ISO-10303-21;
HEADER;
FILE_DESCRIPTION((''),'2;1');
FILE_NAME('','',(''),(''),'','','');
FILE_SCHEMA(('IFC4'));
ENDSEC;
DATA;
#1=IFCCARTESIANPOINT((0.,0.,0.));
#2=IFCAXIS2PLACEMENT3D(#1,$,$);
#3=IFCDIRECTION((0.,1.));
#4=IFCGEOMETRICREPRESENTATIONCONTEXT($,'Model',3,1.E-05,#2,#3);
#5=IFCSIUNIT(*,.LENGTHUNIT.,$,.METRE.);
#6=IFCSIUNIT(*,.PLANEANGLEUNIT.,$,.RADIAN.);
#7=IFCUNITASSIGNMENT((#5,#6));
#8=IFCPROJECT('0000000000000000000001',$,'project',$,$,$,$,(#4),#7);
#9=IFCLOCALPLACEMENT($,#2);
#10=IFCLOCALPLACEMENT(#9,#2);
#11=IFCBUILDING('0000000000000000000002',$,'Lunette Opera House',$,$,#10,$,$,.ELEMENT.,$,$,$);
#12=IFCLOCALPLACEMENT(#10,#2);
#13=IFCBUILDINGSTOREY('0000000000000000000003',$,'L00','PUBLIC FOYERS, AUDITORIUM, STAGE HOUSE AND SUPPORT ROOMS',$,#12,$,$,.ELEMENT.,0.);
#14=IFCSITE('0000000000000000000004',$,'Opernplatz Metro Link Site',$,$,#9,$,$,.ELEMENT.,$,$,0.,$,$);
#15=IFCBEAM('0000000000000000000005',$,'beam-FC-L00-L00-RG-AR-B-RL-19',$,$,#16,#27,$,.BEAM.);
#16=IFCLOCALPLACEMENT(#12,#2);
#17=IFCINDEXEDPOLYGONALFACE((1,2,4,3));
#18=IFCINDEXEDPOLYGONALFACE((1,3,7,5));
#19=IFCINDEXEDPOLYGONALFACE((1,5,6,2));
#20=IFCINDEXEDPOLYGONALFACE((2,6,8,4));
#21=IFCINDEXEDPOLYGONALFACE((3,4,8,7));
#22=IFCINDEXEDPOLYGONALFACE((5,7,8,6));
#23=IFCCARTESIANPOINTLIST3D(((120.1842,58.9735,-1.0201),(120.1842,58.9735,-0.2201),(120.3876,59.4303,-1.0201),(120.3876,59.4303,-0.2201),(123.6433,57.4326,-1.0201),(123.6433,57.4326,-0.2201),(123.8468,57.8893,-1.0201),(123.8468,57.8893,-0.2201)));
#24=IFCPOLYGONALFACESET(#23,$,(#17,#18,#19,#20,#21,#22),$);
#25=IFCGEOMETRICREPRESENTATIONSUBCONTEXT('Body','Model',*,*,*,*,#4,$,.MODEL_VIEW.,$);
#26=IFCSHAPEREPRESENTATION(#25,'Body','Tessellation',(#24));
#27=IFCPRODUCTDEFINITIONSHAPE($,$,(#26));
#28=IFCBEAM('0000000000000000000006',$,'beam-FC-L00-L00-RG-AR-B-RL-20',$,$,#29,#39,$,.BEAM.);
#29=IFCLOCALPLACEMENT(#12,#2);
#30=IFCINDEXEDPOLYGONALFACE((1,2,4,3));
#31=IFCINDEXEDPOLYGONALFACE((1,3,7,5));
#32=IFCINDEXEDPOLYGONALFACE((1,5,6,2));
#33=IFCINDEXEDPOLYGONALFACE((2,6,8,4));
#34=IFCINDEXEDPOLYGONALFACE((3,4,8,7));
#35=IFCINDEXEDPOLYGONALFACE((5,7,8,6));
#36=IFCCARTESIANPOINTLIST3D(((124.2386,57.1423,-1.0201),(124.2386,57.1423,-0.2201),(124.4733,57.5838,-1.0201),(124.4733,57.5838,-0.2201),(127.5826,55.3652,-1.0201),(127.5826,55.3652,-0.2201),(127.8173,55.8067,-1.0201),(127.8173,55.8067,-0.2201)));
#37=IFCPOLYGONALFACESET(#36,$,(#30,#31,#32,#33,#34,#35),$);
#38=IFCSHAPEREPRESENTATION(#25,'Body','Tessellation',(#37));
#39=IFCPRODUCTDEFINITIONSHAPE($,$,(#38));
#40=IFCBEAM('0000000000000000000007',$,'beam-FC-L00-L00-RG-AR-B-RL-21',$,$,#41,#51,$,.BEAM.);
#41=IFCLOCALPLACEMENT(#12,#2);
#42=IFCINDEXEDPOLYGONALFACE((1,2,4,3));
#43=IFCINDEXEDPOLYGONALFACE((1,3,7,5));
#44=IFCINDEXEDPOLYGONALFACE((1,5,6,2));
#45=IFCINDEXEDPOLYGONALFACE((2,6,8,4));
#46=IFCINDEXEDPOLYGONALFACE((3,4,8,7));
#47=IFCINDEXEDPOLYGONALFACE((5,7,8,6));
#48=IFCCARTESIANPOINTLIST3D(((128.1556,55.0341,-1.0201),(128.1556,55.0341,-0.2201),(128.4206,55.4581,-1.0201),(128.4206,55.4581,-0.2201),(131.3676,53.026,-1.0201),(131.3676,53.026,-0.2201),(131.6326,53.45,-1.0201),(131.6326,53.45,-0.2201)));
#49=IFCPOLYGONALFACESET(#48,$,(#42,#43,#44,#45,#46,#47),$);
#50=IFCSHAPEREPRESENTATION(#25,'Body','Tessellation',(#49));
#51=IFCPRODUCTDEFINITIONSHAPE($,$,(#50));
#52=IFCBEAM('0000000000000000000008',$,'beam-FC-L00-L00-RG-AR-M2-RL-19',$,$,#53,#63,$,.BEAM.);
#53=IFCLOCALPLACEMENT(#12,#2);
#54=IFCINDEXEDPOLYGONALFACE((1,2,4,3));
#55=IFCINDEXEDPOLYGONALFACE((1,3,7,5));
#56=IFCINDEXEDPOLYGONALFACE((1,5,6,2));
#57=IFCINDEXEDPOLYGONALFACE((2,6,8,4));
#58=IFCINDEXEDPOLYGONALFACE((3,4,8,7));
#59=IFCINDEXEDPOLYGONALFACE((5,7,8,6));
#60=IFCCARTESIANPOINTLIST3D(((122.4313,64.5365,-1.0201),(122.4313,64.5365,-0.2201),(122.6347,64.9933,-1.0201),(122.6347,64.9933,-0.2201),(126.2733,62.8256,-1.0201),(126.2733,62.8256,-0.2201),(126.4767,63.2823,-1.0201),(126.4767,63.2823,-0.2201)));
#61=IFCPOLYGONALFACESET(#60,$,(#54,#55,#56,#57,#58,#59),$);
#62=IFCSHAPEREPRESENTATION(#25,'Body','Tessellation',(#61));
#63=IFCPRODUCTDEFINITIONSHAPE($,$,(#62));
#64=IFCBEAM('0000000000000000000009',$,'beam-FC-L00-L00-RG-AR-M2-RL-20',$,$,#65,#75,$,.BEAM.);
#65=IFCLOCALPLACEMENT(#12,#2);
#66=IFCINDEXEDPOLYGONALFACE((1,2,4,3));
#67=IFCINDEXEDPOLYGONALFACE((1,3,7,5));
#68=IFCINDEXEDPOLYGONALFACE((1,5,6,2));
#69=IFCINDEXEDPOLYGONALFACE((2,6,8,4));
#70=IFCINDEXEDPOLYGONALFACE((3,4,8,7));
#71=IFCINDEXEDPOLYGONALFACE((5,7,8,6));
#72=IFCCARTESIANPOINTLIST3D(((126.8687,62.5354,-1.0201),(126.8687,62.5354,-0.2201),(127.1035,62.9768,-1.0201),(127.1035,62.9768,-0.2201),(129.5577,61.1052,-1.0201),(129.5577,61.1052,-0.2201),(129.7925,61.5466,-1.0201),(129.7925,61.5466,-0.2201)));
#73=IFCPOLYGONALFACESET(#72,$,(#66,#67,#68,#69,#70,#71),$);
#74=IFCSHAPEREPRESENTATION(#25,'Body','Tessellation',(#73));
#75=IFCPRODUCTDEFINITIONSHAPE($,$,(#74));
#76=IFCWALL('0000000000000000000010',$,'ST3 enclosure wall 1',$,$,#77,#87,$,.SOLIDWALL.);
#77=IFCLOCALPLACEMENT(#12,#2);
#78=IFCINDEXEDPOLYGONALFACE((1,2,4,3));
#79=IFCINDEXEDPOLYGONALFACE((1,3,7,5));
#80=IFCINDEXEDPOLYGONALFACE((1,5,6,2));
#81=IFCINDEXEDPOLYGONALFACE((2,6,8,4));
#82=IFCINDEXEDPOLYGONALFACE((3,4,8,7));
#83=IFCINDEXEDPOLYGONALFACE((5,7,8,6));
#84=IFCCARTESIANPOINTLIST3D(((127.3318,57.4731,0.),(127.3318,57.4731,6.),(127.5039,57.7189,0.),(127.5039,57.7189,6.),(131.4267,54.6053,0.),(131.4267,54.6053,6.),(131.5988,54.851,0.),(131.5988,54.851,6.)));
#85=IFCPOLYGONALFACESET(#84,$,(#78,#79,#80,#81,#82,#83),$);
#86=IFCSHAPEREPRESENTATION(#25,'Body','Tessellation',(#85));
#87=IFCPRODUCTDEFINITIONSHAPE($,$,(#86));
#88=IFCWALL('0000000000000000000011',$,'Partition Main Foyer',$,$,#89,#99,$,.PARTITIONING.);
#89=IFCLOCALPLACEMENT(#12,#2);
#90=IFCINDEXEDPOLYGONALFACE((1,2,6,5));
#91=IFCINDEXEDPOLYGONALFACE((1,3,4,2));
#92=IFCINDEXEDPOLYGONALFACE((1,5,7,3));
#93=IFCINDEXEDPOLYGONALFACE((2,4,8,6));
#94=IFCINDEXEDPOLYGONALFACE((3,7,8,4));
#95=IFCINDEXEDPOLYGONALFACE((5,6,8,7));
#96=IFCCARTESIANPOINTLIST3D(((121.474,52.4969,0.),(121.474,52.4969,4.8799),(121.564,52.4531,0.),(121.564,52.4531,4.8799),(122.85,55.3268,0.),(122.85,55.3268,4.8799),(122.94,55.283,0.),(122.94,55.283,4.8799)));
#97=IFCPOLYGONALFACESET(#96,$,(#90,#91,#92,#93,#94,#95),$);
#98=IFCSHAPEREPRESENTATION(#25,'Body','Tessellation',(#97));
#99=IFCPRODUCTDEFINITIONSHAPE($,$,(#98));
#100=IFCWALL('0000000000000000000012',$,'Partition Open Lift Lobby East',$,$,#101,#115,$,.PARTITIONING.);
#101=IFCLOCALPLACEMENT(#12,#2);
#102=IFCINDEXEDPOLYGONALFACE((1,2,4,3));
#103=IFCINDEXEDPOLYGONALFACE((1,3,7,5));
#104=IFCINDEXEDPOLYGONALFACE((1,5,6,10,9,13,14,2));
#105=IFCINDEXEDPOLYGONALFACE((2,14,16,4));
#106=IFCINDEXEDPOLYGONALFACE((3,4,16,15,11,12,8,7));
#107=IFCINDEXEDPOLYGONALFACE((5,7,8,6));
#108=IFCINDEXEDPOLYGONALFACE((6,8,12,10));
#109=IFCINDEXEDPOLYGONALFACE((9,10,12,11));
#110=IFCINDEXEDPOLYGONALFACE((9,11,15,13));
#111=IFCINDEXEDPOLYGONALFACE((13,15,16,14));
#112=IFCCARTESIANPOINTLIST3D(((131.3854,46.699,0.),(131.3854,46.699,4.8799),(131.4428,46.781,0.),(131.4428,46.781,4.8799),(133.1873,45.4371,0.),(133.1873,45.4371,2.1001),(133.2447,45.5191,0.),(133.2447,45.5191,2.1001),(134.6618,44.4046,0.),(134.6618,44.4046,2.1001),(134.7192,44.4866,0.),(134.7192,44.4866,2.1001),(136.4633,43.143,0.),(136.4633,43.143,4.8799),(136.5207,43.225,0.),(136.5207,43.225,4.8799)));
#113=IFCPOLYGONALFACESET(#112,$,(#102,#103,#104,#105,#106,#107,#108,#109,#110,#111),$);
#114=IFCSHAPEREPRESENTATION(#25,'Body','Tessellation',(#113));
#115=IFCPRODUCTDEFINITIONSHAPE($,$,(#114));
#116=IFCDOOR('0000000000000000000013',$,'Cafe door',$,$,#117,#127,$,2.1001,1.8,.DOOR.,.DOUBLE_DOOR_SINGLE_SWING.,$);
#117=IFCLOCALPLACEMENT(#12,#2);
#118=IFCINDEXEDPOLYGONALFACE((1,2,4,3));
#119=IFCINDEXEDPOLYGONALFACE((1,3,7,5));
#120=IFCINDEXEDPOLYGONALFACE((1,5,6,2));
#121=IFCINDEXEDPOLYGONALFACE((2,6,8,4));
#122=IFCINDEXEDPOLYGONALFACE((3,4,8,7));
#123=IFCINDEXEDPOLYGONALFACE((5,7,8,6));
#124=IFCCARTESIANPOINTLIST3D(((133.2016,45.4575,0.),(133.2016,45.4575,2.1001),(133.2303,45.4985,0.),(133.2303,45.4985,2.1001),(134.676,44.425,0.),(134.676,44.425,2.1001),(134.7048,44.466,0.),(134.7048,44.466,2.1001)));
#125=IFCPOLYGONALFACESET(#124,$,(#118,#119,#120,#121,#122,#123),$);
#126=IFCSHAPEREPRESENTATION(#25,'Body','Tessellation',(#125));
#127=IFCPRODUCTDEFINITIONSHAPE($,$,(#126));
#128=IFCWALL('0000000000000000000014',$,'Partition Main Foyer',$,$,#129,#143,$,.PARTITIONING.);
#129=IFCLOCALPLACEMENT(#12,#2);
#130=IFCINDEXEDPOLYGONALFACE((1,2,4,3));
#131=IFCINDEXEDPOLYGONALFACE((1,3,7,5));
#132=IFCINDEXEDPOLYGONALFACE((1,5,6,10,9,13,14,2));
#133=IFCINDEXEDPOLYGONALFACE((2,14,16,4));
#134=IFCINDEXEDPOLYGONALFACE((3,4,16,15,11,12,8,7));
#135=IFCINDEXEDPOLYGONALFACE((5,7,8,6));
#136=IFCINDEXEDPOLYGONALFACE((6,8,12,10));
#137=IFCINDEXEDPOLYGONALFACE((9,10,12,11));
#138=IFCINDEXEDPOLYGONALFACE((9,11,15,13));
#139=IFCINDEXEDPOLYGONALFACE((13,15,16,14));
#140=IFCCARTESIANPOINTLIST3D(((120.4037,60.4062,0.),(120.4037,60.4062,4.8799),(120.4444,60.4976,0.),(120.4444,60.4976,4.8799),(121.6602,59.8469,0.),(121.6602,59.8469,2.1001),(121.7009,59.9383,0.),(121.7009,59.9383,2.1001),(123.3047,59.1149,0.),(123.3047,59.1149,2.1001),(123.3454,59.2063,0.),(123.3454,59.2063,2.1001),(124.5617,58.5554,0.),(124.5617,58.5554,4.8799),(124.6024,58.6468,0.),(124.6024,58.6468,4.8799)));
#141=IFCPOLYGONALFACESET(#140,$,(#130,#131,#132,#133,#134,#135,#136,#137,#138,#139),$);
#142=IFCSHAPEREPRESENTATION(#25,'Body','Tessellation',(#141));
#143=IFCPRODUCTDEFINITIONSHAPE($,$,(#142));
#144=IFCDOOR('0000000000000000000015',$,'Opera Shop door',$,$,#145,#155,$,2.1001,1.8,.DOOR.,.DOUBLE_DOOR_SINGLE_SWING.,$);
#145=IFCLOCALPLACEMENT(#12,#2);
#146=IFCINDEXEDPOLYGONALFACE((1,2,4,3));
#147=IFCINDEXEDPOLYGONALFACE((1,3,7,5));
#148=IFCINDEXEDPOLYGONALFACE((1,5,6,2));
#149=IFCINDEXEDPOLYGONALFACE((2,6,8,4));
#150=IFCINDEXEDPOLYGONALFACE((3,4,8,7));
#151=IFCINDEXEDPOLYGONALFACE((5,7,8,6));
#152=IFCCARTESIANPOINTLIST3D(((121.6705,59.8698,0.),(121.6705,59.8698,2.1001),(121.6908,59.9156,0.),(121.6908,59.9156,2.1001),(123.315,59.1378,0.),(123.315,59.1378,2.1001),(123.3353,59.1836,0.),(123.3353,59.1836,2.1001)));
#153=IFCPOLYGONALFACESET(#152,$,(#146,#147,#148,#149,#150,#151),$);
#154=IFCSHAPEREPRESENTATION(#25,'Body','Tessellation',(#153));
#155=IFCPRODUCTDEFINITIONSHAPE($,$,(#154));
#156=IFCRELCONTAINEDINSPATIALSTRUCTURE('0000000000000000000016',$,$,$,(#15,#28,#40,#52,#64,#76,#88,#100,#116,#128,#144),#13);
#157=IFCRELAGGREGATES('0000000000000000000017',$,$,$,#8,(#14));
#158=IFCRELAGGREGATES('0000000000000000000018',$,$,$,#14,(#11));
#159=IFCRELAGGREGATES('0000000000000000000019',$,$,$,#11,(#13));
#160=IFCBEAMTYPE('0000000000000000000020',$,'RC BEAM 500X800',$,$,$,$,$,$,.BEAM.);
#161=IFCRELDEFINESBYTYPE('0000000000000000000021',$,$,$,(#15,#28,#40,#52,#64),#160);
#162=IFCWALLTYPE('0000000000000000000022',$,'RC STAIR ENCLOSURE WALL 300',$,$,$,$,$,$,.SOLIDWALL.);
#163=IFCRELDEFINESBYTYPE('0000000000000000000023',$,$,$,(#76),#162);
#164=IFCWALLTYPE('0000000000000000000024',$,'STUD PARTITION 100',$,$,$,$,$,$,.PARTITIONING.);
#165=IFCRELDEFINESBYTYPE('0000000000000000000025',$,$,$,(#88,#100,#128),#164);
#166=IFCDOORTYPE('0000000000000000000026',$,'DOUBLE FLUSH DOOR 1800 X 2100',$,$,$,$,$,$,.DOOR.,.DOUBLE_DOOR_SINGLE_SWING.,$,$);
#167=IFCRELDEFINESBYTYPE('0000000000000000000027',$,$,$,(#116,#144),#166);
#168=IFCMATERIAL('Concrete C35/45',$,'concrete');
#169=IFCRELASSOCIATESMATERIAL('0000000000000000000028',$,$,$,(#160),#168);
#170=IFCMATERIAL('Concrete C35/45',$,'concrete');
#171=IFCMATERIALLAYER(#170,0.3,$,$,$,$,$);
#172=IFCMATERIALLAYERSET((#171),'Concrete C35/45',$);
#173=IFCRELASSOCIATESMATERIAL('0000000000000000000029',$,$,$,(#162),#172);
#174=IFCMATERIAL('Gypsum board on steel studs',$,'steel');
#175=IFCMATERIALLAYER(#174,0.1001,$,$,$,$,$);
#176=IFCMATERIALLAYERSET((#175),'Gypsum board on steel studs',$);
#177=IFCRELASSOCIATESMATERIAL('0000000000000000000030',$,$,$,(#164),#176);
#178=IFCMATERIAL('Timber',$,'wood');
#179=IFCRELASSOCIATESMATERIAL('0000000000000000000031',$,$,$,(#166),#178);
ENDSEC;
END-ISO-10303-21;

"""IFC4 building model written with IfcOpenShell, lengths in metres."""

from ifc_helpers import new_model, si_unit, direction, frame, frame_2d, origin, origin_2d, place, context, subcontext, project, spatial, rectangle, extrude, material, layer, layer_set, material_profile, profile_set, type_object, element, fill, save


model = new_model("IFC4")

# Units and contexts
model_context = context("Model", 3, precision=1e-05, world=origin(), true_north=direction((0.0, 1.0)))
body_context = subcontext(model_context, "Body", "Model", "MODEL_VIEW")
ifc_project = project(units=[si_unit("LENGTHUNIT", "METRE"), si_unit("PLANEANGLEUNIT", "RADIAN")], contexts=[model_context])

# Site, building, storey
site_placement = place(None, origin())
site = spatial("IfcSite", under=ifc_project, at=site_placement, Name="Opernplatz Metro Link Site", CompositionType="ELEMENT", RefElevation=0.0)
building_placement = place(site_placement, origin())
building = spatial("IfcBuilding", under=site, at=building_placement, Name="Lunette Opera House", CompositionType="ELEMENT")
storey_placement = place(building_placement, origin())
storey = spatial("IfcBuildingStorey", under=building, at=storey_placement, Name="L00", Description="PUBLIC FOYERS, AUDITORIUM, STAGE HOUSE AND SUPPORT ROOMS", CompositionType="ELEMENT", Elevation=0.0)

# Beams
ifc_material_1 = material(Name="Concrete C35/45", Category="concrete")
ifc_material_profile_1 = material_profile(ifc_material_1, rectangle(XDim=0.5, YDim=0.8, at=origin_2d()), Name="RC BEAM 500X800")
ifc_profile_set_1 = profile_set([ifc_material_profile_1], Name="Concrete C35/45")
beam_type = type_object("IfcBeamType", Name="RC BEAM 500X800", PredefinedType="BEAM", material=ifc_profile_set_1)
for number, where, z_axis, x_axis, name in (
    (1, (120.2859, 59.2019, -0.6201), (0.91346, -0.406928, 0.0), (0.406928, 0.91346, 0.0), "beam-FC-L00-L00-RG-AR-B-RL-19"),
    (2, (124.356, 57.363, -0.6201), (0.88305, -0.469279, 0.0), (0.469279, 0.88305, 0.0), "beam-FC-L00-L00-RG-AR-B-RL-20"),
):
    element("IfcBeam", number, at=place(storey_placement, frame(where, z_axis=z_axis, x_axis=x_axis)), inside=storey, type_object=beam_type, Name=name, PredefinedType="BEAM", context=body_context, shape_type="SweptSolid", body=[
        extrude(rectangle(XDim=0.5, YDim=0.8, at=origin_2d()), origin(), (0.0, 0.0, 1.0), 3.7869),
    ])
beam_1_placement = place(storey_placement, frame((128.2881, 55.2461, -0.6201), z_axis=(0.847926, -0.530115, 0.0), x_axis=(0.530115, 0.847926, 0.0)))
element("IfcBeam", 3, at=beam_1_placement, inside=storey, type_object=beam_type, Name="beam-FC-L00-L00-RG-AR-B-RL-21", PredefinedType="BEAM", context=body_context, shape_type="SweptSolid", body=[
    extrude(rectangle(XDim=0.5, YDim=0.8, at=origin_2d()), origin(), (0.0, 0.0, 1.0), 3.7881),
])
beam_2_placement = place(storey_placement, frame((122.533, 64.7649, -0.6201), z_axis=(0.913514, -0.406806, 0.0), x_axis=(0.406806, 0.913514, 0.0)))
element("IfcBeam", 4, at=beam_2_placement, inside=storey, type_object=beam_type, Name="beam-FC-L00-L00-RG-AR-M2-RL-19", PredefinedType="BEAM", context=body_context, shape_type="SweptSolid", body=[
    extrude(rectangle(XDim=0.5, YDim=0.8, at=origin_2d()), origin(), (0.0, 0.0, 1.0), 4.2058),
])
beam_3_placement = place(storey_placement, frame((126.9861, 62.7561, -0.6201), z_axis=(0.882889, -0.469581, 0.0), x_axis=(0.469581, 0.882889, 0.0)))
element("IfcBeam", 5, at=beam_3_placement, inside=storey, type_object=beam_type, Name="beam-FC-L00-L00-RG-AR-M2-RL-20", PredefinedType="BEAM", context=body_context, shape_type="SweptSolid", body=[
    extrude(rectangle(XDim=0.5, YDim=0.8, at=origin_2d()), origin(), (0.0, 0.0, 1.0), 3.0457),
])

# Walls
ifc_material_2 = material(Name="Concrete C35/45", Category="concrete")
ifc_layer_1 = layer(ifc_material_2, 0.3)
ifc_layer_set_1 = layer_set([ifc_layer_1], Name="Concrete C35/45")
wall_type_1 = type_object("IfcWallType", Name="RC STAIR ENCLOSURE WALL 300", PredefinedType="SOLIDWALL", material=ifc_layer_set_1)
wall_1_placement = place(storey_placement, frame((127.418, 57.5959, 0.0), z_axis=(0.0, 0.0, 1.0), x_axis=(0.819097, -0.573656, 0.0)))
element("IfcWall", 6, at=wall_1_placement, inside=storey, type_object=wall_type_1, Name="ST3 enclosure wall 1", PredefinedType="SOLIDWALL", context=body_context, shape_type="SweptSolid", body=[
    extrude(rectangle(XDim=4.9993, YDim=0.3, at=frame_2d((2.4995, 0.0))), origin(), (0.0, 0.0, 1.0), 6.0),
])
ifc_material_3 = material(Name="Gypsum board on steel studs", Category="steel")
ifc_layer_2 = layer(ifc_material_3, 0.1001)
ifc_layer_set_2 = layer_set([ifc_layer_2], Name="Gypsum board on steel studs")
wall_type_2 = type_object("IfcWallType", Name="STUD PARTITION 100", PredefinedType="PARTITIONING", material=ifc_layer_set_2)
wall_2_placement = place(storey_placement, frame((121.519, 52.4751, 0.0), z_axis=(0.0, 0.0, 1.0), x_axis=(0.437286, 0.899323, 0.0)))
element("IfcWall", 7, at=wall_2_placement, inside=storey, type_object=wall_type_2, Name="Partition Main Foyer", PredefinedType="PARTITIONING", context=body_context, shape_type="SweptSolid", body=[
    extrude(rectangle(XDim=3.1467, YDim=0.1001, at=frame_2d((1.5732, 0.0))), origin(), (0.0, 0.0, 1.0), 4.8799),
])

# Walls, openings, doors
wall_3_placement = place(storey_placement, frame((131.4141, 46.74, 0.0), z_axis=(0.0, 0.0, 1.0), x_axis=(0.819126, -0.573613, 0.0)))
wall_3 = element("IfcWall", 8, at=wall_3_placement, inside=storey, type_object=wall_type_2, Name="Partition Open Lift Lobby East", PredefinedType="PARTITIONING", context=body_context, shape_type="SweptSolid", body=[
    extrude(rectangle(XDim=6.1992, YDim=0.1001, at=frame_2d((3.0996, 0.0))), origin(), (0.0, 0.0, 1.0), 4.8799),
])
opening_1_placement = place(wall_3_placement, frame((2.2, 0.0, 0.0)))
opening_1 = element("IfcOpeningElement", 9, at=opening_1_placement, cuts=wall_3, PredefinedType="OPENING", context=body_context, shape_type="SweptSolid", body=[
    extrude(rectangle(XDim=1.8, YDim=2.1001, at=frame_2d((0.8999, 1.05))), frame((0.0, 0.062, 0.0), z_axis=(0.0, -1.0, 0.0), x_axis=(1.0, 0.0, 0.0)), (0.0, 0.0, 1.0), 0.124),
])
ifc_material_4 = material(Name="Timber", Category="wood")
door_type = type_object("IfcDoorType", Name="DOUBLE FLUSH DOOR 1800 X 2100", OperationType="DOUBLE_DOOR_SINGLE_SWING", PredefinedType="DOOR", material=ifc_material_4)
door_1_placement = place(opening_1_placement, origin())
door_1 = element("IfcDoor", 10, at=door_1_placement, inside=storey, type_object=door_type, Name="Cafe door", OperationType="DOUBLE_DOOR_SINGLE_SWING", OverallHeight=2.1001, OverallWidth=1.8, PredefinedType="DOOR", context=body_context, shape_type="SweptSolid", body=[
    extrude(rectangle(XDim=1.8, YDim=2.1001, at=frame_2d((0.8999, 1.05))), frame((0.0, 0.0249, 0.0), z_axis=(0.0, -1.0, 0.0), x_axis=(1.0, 0.0, 0.0)), (0.0, 0.0, 1.0), 0.05),
])
fill(opening_1, door_1)
wall_4_placement = place(storey_placement, frame((124.582, 58.6011, 0.0), z_axis=(0.0, 0.0, 1.0), x_axis=(-0.913579, 0.406661, 0.0)))
wall_4 = element("IfcWall", 11, at=wall_4_placement, inside=storey, type_object=wall_type_2, Name="Partition Main Foyer", PredefinedType="PARTITIONING", context=body_context, shape_type="SweptSolid", body=[
    extrude(rectangle(XDim=4.5513, YDim=0.1001, at=frame_2d((2.2756, 0.0))), origin(), (0.0, 0.0, 1.0), 4.8799),
])
opening_2_placement = place(wall_4_placement, frame((1.376, 0.0, 0.0)))
opening_2 = element("IfcOpeningElement", 12, at=opening_2_placement, cuts=wall_4, PredefinedType="OPENING", context=body_context, shape_type="SweptSolid", body=[
    extrude(rectangle(XDim=1.8, YDim=2.1001, at=frame_2d((0.8999, 1.05))), frame((0.0, 0.062, 0.0), z_axis=(0.0, -1.0, 0.0), x_axis=(1.0, 0.0, 0.0)), (0.0, 0.0, 1.0), 0.124),
])
door_2_placement = place(opening_2_placement, origin())
door_2 = element("IfcDoor", 13, at=door_2_placement, inside=storey, type_object=door_type, Name="Opera Shop door", OperationType="DOUBLE_DOOR_SINGLE_SWING", OverallHeight=2.1001, OverallWidth=1.8, PredefinedType="DOOR", context=body_context, shape_type="SweptSolid", body=[
    extrude(rectangle(XDim=1.8, YDim=2.1001, at=frame_2d((0.8999, 1.05))), frame((0.0, 0.0249, 0.0), z_axis=(0.0, -1.0, 0.0), x_axis=(1.0, 0.0, 0.0)), (0.0, 0.0, 1.0), 0.05),
])
fill(opening_2, door_2)

save(model, "model.ifc")
